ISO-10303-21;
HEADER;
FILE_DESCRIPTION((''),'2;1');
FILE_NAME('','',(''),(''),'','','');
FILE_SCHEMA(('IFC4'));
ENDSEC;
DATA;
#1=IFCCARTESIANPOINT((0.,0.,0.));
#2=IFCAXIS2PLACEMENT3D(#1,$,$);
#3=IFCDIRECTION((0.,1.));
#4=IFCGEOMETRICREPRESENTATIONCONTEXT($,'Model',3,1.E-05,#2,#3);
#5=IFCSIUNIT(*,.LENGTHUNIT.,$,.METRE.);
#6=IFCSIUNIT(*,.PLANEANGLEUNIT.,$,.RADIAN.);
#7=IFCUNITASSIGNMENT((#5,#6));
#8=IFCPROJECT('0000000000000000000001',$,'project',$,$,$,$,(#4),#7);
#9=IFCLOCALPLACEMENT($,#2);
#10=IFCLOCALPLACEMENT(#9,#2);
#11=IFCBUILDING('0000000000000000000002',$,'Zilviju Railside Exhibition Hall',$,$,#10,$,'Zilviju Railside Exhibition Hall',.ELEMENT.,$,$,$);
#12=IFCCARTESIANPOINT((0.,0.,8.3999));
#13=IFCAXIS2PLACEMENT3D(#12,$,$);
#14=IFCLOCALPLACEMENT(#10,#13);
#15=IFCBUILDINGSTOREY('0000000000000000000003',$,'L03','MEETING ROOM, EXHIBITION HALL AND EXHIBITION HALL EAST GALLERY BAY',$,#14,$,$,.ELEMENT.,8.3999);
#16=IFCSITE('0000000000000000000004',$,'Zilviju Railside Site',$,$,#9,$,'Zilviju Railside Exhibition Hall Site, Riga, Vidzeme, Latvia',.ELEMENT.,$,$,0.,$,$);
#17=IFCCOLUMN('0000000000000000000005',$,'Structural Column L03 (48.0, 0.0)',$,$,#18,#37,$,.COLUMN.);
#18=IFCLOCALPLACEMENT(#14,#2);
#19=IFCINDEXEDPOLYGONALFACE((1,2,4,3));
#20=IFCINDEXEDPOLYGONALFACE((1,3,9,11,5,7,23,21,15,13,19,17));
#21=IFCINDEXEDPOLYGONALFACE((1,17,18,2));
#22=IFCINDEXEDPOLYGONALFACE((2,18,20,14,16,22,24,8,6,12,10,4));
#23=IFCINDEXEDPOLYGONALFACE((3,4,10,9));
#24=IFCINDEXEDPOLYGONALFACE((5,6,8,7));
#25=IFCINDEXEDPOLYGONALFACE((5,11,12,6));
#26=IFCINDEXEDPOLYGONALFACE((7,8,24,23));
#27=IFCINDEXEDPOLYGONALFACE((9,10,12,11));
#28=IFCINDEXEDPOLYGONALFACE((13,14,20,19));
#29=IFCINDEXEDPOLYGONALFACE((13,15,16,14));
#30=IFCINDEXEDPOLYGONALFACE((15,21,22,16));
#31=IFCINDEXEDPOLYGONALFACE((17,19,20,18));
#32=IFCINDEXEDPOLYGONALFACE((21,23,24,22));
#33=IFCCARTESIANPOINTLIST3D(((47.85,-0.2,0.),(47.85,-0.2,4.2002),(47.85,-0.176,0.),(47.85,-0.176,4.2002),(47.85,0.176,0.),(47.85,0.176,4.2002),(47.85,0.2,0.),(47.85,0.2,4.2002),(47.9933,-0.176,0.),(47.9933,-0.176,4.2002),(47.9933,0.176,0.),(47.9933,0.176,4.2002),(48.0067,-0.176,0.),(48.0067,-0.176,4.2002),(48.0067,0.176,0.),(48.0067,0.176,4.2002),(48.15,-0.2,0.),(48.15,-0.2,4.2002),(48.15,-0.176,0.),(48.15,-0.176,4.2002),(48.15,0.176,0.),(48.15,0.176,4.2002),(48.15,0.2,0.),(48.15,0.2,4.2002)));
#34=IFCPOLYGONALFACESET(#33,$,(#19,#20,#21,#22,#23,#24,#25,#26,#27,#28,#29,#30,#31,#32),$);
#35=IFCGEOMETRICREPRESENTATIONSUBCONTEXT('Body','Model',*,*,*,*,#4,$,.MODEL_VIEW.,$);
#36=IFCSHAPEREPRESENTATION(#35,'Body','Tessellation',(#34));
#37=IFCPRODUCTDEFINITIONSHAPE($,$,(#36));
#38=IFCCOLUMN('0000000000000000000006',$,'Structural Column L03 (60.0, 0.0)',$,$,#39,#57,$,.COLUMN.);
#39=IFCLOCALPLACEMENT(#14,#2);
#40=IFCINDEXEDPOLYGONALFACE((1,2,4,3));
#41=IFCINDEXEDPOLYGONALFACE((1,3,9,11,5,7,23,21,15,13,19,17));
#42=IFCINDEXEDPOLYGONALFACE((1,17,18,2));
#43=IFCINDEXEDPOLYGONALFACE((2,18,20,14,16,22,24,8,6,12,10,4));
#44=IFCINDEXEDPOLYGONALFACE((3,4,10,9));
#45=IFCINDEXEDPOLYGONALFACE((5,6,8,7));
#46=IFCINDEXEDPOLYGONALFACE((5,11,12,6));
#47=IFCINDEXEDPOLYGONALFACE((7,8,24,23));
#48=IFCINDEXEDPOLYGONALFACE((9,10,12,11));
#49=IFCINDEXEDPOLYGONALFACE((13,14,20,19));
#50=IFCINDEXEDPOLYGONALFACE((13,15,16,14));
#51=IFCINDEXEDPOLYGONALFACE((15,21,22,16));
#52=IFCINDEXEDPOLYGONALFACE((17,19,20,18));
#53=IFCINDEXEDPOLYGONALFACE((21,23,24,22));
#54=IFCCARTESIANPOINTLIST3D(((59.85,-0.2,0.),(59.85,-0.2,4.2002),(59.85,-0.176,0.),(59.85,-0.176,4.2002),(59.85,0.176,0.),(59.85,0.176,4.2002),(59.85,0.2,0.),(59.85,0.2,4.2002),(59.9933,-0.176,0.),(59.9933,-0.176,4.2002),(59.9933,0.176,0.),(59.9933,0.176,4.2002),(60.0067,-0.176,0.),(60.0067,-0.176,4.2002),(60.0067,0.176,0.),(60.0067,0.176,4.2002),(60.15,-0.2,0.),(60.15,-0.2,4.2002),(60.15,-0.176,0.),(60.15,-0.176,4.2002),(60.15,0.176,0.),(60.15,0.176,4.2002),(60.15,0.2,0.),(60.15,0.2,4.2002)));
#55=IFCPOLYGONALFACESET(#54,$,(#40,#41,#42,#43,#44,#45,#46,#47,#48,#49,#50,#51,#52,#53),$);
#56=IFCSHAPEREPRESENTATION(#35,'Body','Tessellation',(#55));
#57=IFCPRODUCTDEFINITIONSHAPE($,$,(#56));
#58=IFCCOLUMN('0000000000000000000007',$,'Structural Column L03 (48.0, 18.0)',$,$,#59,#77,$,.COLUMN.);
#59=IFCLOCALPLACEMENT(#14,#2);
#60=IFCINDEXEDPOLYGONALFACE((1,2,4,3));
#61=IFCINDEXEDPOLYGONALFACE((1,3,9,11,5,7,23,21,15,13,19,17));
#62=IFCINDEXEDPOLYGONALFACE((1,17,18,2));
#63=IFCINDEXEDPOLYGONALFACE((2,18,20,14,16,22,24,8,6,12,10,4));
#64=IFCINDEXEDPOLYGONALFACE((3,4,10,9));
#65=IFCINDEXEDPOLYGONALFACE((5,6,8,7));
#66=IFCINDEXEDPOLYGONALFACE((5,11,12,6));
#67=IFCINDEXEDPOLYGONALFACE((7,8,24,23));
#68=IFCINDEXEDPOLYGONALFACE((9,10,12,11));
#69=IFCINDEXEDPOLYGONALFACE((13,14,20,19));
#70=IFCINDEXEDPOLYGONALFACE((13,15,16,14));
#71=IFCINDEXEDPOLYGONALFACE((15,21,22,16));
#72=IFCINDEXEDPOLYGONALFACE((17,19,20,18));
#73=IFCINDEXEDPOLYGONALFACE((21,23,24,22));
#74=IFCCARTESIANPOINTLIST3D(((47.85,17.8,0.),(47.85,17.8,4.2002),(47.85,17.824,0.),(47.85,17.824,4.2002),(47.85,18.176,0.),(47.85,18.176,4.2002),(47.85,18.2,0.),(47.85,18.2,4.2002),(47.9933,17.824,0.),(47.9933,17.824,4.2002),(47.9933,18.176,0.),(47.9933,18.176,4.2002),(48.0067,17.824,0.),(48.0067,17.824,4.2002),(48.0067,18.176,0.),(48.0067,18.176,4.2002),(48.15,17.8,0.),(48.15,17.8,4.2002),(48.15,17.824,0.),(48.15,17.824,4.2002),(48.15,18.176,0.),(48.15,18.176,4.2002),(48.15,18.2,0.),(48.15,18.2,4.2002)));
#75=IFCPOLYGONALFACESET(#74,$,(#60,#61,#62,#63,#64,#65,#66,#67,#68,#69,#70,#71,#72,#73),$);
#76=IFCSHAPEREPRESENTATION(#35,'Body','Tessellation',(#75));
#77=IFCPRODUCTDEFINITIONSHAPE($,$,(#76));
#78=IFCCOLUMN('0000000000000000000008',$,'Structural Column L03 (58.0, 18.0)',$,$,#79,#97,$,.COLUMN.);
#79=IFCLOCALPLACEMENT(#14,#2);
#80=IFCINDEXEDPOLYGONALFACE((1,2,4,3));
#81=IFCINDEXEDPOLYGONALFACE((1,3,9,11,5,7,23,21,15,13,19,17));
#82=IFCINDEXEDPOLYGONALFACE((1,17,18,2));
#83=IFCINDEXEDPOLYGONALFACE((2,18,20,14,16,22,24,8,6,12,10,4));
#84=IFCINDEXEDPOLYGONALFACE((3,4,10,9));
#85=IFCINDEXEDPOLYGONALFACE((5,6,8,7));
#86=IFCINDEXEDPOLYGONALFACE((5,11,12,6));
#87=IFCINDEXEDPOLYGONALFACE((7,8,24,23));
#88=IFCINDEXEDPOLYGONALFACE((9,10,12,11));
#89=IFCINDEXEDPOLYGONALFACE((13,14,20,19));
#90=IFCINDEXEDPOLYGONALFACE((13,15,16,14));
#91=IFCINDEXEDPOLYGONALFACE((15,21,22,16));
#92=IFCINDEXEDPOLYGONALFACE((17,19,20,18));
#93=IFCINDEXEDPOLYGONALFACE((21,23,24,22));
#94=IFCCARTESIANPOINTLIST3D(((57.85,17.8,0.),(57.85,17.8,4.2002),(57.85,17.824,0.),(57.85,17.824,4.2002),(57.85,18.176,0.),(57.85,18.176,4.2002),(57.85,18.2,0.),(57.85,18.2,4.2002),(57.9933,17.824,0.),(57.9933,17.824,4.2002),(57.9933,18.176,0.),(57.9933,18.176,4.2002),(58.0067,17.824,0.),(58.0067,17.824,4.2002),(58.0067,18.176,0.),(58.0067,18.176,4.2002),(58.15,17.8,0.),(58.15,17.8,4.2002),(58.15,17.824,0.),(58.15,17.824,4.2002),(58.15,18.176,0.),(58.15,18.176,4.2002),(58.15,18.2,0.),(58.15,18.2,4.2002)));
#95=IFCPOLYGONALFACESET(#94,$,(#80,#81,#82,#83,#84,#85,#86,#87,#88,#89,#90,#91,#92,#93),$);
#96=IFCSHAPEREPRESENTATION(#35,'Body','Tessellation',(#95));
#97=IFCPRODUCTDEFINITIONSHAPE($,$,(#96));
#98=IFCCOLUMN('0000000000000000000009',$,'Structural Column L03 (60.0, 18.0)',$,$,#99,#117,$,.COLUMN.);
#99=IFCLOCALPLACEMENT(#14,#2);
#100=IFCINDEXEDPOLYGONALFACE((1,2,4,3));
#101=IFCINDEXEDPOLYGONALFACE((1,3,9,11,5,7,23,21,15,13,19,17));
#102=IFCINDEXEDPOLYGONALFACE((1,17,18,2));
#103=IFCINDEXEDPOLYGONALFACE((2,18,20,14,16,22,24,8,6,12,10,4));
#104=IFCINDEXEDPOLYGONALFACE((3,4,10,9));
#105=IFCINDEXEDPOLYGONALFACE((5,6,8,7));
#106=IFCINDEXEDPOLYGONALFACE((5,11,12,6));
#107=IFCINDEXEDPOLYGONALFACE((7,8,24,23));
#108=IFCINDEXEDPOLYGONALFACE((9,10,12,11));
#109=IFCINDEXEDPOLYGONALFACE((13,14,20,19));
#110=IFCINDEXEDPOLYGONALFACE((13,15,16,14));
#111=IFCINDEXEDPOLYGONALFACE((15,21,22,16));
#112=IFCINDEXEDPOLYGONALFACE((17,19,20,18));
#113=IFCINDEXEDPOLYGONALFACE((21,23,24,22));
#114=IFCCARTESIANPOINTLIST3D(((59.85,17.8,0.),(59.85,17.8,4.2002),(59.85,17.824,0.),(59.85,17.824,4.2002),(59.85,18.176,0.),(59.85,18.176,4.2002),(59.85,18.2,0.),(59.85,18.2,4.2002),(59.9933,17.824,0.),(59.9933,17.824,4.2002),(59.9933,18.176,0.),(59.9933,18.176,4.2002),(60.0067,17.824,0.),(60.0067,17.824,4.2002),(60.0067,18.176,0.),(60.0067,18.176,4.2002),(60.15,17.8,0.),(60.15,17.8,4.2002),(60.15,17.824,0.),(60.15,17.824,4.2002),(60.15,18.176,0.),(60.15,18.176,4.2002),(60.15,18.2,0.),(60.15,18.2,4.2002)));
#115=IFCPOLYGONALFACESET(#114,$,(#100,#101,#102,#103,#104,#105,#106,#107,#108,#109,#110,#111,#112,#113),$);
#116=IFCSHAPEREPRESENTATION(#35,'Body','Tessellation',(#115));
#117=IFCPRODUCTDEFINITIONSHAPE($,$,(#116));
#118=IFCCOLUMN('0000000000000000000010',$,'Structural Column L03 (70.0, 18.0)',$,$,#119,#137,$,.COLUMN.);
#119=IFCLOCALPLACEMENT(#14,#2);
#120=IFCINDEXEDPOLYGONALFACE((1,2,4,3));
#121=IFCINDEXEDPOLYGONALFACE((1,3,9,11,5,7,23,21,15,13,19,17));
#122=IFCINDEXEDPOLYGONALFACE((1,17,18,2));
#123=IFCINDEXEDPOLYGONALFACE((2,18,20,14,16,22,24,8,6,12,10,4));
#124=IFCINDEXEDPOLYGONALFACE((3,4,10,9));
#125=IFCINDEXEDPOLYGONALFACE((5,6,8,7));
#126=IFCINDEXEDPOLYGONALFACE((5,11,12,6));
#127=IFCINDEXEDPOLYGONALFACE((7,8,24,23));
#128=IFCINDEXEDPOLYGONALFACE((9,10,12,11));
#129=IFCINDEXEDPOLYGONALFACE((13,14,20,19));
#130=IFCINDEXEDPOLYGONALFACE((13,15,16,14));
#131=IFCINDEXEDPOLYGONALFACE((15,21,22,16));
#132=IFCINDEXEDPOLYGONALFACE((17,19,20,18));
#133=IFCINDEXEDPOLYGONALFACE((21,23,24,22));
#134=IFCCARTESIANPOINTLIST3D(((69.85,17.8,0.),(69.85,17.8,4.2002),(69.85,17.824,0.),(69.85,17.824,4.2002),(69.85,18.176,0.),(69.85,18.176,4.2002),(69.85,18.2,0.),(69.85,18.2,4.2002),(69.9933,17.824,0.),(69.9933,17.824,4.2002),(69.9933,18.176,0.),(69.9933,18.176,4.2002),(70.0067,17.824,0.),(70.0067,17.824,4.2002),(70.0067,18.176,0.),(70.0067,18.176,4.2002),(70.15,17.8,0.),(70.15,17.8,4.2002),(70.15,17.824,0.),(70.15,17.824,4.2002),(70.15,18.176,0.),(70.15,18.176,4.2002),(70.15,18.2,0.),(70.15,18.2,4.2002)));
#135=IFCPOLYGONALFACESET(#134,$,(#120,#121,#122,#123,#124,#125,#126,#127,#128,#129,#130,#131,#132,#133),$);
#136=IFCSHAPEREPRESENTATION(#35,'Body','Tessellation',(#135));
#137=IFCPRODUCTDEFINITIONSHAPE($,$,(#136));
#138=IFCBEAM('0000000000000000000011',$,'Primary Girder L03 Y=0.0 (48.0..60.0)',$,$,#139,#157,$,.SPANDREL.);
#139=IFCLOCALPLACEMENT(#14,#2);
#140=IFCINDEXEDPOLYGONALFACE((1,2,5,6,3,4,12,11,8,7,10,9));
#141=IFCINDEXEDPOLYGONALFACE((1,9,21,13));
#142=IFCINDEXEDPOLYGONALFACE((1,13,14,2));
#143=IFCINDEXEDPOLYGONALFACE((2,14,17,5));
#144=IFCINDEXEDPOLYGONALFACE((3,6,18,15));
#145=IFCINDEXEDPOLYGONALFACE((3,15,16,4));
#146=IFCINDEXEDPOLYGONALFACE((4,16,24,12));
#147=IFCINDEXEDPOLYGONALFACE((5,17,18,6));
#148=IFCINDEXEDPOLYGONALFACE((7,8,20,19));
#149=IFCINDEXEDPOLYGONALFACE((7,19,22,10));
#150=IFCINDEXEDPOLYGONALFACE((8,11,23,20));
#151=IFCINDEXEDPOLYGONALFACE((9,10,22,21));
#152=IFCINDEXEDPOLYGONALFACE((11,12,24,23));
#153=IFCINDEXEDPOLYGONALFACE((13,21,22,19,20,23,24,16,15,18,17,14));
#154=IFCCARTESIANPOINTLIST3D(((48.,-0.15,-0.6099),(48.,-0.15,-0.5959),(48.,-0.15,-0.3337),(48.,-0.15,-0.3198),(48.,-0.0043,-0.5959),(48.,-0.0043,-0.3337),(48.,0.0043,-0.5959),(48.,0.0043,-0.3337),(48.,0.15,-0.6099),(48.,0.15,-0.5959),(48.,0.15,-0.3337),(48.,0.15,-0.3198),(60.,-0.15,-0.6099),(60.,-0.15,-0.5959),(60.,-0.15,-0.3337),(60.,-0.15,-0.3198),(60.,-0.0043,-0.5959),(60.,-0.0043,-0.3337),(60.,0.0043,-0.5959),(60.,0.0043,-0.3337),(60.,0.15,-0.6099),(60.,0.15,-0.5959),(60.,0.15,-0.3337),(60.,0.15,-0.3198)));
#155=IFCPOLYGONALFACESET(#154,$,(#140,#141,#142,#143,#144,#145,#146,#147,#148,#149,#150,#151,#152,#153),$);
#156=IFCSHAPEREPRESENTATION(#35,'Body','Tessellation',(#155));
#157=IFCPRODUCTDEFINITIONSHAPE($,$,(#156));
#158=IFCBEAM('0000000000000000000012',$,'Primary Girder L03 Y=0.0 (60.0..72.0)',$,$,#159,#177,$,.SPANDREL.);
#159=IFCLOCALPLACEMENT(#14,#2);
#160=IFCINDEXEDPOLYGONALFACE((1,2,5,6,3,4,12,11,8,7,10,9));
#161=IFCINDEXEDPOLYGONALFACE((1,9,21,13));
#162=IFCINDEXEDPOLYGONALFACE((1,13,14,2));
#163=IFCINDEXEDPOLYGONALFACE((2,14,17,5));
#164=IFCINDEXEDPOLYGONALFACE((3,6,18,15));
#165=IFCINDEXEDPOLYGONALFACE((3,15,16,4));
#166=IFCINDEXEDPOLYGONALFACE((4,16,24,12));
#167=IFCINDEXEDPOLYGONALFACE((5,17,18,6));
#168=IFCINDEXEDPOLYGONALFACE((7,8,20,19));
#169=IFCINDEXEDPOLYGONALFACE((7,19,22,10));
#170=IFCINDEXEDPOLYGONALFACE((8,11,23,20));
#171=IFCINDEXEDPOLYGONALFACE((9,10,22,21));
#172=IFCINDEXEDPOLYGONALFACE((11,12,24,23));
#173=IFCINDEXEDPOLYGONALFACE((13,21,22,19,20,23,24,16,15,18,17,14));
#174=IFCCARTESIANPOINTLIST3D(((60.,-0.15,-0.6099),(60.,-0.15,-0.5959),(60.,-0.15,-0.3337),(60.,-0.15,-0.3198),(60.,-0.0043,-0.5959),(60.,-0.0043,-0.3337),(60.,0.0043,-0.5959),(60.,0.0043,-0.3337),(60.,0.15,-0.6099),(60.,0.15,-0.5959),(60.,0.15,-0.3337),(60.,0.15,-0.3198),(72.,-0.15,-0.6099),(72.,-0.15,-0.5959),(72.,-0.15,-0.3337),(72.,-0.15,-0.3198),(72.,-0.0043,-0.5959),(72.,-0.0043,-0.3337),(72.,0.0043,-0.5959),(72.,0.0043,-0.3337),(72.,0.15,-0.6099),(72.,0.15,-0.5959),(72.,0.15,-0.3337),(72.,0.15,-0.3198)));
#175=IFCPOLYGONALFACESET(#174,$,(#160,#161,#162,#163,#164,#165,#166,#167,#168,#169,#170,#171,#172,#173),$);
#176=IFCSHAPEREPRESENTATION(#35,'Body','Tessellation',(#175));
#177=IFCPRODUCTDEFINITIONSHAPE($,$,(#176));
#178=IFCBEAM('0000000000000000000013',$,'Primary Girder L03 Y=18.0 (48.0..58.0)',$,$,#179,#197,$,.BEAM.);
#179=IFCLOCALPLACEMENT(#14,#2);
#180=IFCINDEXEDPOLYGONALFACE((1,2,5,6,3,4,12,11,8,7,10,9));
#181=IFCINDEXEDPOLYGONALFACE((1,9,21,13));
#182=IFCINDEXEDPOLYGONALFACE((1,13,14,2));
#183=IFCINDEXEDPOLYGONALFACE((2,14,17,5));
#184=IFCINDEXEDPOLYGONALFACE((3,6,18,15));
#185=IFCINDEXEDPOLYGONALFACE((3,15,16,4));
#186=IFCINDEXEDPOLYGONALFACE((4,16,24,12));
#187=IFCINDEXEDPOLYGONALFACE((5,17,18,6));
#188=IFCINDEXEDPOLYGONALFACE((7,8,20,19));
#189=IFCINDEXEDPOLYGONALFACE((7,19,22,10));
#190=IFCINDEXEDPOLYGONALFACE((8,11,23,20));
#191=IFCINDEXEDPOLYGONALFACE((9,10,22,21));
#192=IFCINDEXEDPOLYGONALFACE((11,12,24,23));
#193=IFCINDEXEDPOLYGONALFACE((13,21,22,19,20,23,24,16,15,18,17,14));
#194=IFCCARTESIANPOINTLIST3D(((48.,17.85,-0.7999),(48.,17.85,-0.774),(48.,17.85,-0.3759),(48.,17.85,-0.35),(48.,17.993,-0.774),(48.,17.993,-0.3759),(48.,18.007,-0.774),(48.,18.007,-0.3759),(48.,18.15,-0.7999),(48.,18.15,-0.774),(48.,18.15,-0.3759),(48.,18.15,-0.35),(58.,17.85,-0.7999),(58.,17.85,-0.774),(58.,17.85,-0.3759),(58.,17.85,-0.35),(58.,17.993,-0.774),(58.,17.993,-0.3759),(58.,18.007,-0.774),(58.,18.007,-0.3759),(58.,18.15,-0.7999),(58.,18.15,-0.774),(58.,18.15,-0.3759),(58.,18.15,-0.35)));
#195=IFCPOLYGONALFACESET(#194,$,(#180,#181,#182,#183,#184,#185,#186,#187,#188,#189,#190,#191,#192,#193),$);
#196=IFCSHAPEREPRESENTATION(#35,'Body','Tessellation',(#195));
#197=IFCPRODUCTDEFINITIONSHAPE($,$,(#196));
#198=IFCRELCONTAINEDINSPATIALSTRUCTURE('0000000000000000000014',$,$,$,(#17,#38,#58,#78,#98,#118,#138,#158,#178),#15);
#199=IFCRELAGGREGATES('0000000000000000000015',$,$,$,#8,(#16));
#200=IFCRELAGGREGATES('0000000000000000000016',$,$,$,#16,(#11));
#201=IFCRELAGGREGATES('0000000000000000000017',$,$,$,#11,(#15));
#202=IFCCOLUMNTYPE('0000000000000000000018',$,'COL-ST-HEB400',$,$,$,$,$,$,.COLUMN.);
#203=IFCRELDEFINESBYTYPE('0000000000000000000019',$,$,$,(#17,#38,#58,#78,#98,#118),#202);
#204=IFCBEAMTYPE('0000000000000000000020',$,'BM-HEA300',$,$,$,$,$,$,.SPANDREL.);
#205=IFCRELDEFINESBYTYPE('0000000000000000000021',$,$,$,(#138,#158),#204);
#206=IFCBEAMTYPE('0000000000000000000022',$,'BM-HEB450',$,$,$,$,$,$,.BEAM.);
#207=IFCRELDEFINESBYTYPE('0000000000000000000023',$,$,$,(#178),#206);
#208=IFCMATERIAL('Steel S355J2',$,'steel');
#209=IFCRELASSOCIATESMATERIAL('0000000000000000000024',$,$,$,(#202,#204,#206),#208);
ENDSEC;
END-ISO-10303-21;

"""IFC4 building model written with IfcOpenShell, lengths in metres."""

from ifc_helpers import new_model, si_unit, direction, frame, origin, origin_2d, place, context, subcontext, project, spatial, i_section, extrude, material, material_profile, profile_set, type_object, element, save


model = new_model("IFC4")

# Units and contexts
model_context = context("Model", 3, precision=1e-05, world=origin(), true_north=direction((0.0, 1.0)))
body_context = subcontext(model_context, "Body", "Model", "MODEL_VIEW")
ifc_project = project(units=[si_unit("LENGTHUNIT", "METRE"), si_unit("PLANEANGLEUNIT", "RADIAN")], contexts=[model_context])

# Site, building, storey
site_placement = place(None, origin())
site = spatial("IfcSite", under=ifc_project, at=site_placement, Name="Zilviju Railside Site", LongName="Zilviju Railside Exhibition Hall Site, Riga, Vidzeme, Latvia", CompositionType="ELEMENT", RefElevation=0.0)
building_placement = place(site_placement, origin())
building = spatial("IfcBuilding", under=site, at=building_placement, Name="Zilviju Railside Exhibition Hall", LongName="Zilviju Railside Exhibition Hall", CompositionType="ELEMENT")
storey_placement = place(building_placement, frame((0.0, 0.0, 8.3999)))
storey = spatial("IfcBuildingStorey", under=building, at=storey_placement, Name="L03", Description="MEETING ROOM, EXHIBITION HALL AND EXHIBITION HALL EAST GALLERY BAY", CompositionType="ELEMENT", Elevation=8.3999)

# Columns
ifc_material_1 = material(Name="Steel S355J2", Category="steel")
ifc_material_profile_1 = material_profile(ifc_material_1, i_section(OverallWidth=0.3, OverallDepth=0.3999, WebThickness=0.0134, FlangeThickness=0.0239, at=origin_2d()), Name="HEB 400")
ifc_profile_set_1 = profile_set([ifc_material_profile_1], Name="Steel S355J2")
column_type = type_object("IfcColumnType", Name="COL-ST-HEB400", PredefinedType="COLUMN", material=ifc_profile_set_1)
for number, where, z_axis, x_axis, name in (
    (1, (48.0, 0.0, 0.0), (0.0, 0.0, 1.0), (1.0, 0.0, 0.0), "Structural Column L03 (48.0, 0.0)"),
    (2, (60.0, 0.0, 0.0), (0.0, 0.0, 1.0), (1.0, 0.0, 0.0), "Structural Column L03 (60.0, 0.0)"),
    (3, (48.0, 18.0, 0.0), (0.0, 0.0, 1.0), (1.0, 0.0, 0.0), "Structural Column L03 (48.0, 18.0)"),
    (4, (58.0, 18.0, 0.0), (0.0, 0.0, 1.0), (1.0, 0.0, 0.0), "Structural Column L03 (58.0, 18.0)"),
    (5, (60.0, 18.0, 0.0), (0.0, 0.0, 1.0), (1.0, 0.0, 0.0), "Structural Column L03 (60.0, 18.0)"),
    (6, (70.0, 18.0, 0.0), (0.0, 0.0, 1.0), (1.0, 0.0, 0.0), "Structural Column L03 (70.0, 18.0)"),
):
    element("IfcColumn", number, at=place(storey_placement, frame(where, z_axis=z_axis, x_axis=x_axis)), inside=storey, type_object=column_type, Name=name, PredefinedType="COLUMN", context=body_context, shape_type="SweptSolid", body=[
        extrude(i_section(OverallWidth=0.3, OverallDepth=0.3999, WebThickness=0.0134, FlangeThickness=0.0239, at=origin_2d()), origin(), (0.0, 0.0, 1.0), 4.2002),
    ])

# Beams
ifc_material_profile_2 = material_profile(ifc_material_1, i_section(OverallWidth=0.3, OverallDepth=0.29, WebThickness=0.0085, FlangeThickness=0.0139, at=origin_2d()), Name="HEA 300")
ifc_profile_set_2 = profile_set([ifc_material_profile_2], Name="Steel S355J2")
beam_type_1 = type_object("IfcBeamType", Name="BM-HEA300", PredefinedType="SPANDREL", material=ifc_profile_set_2)
for number, where, z_axis, x_axis, name in (
    (7, (48.0, 0.0, -0.4648), (1.0, 0.0, 0.0), (0.0, 1.0, 0.0), "Primary Girder L03 Y=0.0 (48.0..60.0)"),
    (8, (60.0, 0.0, -0.4648), (1.0, 0.0, 0.0), (0.0, 1.0, 0.0), "Primary Girder L03 Y=0.0 (60.0..72.0)"),
):
    element("IfcBeam", number, at=place(storey_placement, frame(where, z_axis=z_axis, x_axis=x_axis)), inside=storey, type_object=beam_type_1, Name=name, PredefinedType="SPANDREL", context=body_context, shape_type="SweptSolid", body=[
        extrude(i_section(OverallWidth=0.3, OverallDepth=0.29, WebThickness=0.0085, FlangeThickness=0.0139, at=origin_2d()), origin(), (0.0, 0.0, 1.0), 12.0),
    ])
ifc_material_profile_3 = material_profile(ifc_material_1, i_section(OverallWidth=0.3, OverallDepth=0.45, WebThickness=0.0139, FlangeThickness=0.0259, at=origin_2d()), Name="HEB 450")
ifc_profile_set_3 = profile_set([ifc_material_profile_3], Name="Steel S355J2")
beam_type_2 = type_object("IfcBeamType", Name="BM-HEB450", PredefinedType="BEAM", material=ifc_profile_set_3)
beam_1_placement = place(storey_placement, frame((48.0, 18.0, -0.575), z_axis=(1.0, 0.0, 0.0), x_axis=(0.0, 1.0, 0.0)))
element("IfcBeam", 9, at=beam_1_placement, inside=storey, type_object=beam_type_2, Name="Primary Girder L03 Y=18.0 (48.0..58.0)", PredefinedType="BEAM", context=body_context, shape_type="SweptSolid", body=[
    extrude(i_section(OverallWidth=0.3, OverallDepth=0.45, WebThickness=0.0139, FlangeThickness=0.0259, at=origin_2d()), origin(), (0.0, 0.0, 1.0), 10.0),
])

save(model, "model.ifc")
